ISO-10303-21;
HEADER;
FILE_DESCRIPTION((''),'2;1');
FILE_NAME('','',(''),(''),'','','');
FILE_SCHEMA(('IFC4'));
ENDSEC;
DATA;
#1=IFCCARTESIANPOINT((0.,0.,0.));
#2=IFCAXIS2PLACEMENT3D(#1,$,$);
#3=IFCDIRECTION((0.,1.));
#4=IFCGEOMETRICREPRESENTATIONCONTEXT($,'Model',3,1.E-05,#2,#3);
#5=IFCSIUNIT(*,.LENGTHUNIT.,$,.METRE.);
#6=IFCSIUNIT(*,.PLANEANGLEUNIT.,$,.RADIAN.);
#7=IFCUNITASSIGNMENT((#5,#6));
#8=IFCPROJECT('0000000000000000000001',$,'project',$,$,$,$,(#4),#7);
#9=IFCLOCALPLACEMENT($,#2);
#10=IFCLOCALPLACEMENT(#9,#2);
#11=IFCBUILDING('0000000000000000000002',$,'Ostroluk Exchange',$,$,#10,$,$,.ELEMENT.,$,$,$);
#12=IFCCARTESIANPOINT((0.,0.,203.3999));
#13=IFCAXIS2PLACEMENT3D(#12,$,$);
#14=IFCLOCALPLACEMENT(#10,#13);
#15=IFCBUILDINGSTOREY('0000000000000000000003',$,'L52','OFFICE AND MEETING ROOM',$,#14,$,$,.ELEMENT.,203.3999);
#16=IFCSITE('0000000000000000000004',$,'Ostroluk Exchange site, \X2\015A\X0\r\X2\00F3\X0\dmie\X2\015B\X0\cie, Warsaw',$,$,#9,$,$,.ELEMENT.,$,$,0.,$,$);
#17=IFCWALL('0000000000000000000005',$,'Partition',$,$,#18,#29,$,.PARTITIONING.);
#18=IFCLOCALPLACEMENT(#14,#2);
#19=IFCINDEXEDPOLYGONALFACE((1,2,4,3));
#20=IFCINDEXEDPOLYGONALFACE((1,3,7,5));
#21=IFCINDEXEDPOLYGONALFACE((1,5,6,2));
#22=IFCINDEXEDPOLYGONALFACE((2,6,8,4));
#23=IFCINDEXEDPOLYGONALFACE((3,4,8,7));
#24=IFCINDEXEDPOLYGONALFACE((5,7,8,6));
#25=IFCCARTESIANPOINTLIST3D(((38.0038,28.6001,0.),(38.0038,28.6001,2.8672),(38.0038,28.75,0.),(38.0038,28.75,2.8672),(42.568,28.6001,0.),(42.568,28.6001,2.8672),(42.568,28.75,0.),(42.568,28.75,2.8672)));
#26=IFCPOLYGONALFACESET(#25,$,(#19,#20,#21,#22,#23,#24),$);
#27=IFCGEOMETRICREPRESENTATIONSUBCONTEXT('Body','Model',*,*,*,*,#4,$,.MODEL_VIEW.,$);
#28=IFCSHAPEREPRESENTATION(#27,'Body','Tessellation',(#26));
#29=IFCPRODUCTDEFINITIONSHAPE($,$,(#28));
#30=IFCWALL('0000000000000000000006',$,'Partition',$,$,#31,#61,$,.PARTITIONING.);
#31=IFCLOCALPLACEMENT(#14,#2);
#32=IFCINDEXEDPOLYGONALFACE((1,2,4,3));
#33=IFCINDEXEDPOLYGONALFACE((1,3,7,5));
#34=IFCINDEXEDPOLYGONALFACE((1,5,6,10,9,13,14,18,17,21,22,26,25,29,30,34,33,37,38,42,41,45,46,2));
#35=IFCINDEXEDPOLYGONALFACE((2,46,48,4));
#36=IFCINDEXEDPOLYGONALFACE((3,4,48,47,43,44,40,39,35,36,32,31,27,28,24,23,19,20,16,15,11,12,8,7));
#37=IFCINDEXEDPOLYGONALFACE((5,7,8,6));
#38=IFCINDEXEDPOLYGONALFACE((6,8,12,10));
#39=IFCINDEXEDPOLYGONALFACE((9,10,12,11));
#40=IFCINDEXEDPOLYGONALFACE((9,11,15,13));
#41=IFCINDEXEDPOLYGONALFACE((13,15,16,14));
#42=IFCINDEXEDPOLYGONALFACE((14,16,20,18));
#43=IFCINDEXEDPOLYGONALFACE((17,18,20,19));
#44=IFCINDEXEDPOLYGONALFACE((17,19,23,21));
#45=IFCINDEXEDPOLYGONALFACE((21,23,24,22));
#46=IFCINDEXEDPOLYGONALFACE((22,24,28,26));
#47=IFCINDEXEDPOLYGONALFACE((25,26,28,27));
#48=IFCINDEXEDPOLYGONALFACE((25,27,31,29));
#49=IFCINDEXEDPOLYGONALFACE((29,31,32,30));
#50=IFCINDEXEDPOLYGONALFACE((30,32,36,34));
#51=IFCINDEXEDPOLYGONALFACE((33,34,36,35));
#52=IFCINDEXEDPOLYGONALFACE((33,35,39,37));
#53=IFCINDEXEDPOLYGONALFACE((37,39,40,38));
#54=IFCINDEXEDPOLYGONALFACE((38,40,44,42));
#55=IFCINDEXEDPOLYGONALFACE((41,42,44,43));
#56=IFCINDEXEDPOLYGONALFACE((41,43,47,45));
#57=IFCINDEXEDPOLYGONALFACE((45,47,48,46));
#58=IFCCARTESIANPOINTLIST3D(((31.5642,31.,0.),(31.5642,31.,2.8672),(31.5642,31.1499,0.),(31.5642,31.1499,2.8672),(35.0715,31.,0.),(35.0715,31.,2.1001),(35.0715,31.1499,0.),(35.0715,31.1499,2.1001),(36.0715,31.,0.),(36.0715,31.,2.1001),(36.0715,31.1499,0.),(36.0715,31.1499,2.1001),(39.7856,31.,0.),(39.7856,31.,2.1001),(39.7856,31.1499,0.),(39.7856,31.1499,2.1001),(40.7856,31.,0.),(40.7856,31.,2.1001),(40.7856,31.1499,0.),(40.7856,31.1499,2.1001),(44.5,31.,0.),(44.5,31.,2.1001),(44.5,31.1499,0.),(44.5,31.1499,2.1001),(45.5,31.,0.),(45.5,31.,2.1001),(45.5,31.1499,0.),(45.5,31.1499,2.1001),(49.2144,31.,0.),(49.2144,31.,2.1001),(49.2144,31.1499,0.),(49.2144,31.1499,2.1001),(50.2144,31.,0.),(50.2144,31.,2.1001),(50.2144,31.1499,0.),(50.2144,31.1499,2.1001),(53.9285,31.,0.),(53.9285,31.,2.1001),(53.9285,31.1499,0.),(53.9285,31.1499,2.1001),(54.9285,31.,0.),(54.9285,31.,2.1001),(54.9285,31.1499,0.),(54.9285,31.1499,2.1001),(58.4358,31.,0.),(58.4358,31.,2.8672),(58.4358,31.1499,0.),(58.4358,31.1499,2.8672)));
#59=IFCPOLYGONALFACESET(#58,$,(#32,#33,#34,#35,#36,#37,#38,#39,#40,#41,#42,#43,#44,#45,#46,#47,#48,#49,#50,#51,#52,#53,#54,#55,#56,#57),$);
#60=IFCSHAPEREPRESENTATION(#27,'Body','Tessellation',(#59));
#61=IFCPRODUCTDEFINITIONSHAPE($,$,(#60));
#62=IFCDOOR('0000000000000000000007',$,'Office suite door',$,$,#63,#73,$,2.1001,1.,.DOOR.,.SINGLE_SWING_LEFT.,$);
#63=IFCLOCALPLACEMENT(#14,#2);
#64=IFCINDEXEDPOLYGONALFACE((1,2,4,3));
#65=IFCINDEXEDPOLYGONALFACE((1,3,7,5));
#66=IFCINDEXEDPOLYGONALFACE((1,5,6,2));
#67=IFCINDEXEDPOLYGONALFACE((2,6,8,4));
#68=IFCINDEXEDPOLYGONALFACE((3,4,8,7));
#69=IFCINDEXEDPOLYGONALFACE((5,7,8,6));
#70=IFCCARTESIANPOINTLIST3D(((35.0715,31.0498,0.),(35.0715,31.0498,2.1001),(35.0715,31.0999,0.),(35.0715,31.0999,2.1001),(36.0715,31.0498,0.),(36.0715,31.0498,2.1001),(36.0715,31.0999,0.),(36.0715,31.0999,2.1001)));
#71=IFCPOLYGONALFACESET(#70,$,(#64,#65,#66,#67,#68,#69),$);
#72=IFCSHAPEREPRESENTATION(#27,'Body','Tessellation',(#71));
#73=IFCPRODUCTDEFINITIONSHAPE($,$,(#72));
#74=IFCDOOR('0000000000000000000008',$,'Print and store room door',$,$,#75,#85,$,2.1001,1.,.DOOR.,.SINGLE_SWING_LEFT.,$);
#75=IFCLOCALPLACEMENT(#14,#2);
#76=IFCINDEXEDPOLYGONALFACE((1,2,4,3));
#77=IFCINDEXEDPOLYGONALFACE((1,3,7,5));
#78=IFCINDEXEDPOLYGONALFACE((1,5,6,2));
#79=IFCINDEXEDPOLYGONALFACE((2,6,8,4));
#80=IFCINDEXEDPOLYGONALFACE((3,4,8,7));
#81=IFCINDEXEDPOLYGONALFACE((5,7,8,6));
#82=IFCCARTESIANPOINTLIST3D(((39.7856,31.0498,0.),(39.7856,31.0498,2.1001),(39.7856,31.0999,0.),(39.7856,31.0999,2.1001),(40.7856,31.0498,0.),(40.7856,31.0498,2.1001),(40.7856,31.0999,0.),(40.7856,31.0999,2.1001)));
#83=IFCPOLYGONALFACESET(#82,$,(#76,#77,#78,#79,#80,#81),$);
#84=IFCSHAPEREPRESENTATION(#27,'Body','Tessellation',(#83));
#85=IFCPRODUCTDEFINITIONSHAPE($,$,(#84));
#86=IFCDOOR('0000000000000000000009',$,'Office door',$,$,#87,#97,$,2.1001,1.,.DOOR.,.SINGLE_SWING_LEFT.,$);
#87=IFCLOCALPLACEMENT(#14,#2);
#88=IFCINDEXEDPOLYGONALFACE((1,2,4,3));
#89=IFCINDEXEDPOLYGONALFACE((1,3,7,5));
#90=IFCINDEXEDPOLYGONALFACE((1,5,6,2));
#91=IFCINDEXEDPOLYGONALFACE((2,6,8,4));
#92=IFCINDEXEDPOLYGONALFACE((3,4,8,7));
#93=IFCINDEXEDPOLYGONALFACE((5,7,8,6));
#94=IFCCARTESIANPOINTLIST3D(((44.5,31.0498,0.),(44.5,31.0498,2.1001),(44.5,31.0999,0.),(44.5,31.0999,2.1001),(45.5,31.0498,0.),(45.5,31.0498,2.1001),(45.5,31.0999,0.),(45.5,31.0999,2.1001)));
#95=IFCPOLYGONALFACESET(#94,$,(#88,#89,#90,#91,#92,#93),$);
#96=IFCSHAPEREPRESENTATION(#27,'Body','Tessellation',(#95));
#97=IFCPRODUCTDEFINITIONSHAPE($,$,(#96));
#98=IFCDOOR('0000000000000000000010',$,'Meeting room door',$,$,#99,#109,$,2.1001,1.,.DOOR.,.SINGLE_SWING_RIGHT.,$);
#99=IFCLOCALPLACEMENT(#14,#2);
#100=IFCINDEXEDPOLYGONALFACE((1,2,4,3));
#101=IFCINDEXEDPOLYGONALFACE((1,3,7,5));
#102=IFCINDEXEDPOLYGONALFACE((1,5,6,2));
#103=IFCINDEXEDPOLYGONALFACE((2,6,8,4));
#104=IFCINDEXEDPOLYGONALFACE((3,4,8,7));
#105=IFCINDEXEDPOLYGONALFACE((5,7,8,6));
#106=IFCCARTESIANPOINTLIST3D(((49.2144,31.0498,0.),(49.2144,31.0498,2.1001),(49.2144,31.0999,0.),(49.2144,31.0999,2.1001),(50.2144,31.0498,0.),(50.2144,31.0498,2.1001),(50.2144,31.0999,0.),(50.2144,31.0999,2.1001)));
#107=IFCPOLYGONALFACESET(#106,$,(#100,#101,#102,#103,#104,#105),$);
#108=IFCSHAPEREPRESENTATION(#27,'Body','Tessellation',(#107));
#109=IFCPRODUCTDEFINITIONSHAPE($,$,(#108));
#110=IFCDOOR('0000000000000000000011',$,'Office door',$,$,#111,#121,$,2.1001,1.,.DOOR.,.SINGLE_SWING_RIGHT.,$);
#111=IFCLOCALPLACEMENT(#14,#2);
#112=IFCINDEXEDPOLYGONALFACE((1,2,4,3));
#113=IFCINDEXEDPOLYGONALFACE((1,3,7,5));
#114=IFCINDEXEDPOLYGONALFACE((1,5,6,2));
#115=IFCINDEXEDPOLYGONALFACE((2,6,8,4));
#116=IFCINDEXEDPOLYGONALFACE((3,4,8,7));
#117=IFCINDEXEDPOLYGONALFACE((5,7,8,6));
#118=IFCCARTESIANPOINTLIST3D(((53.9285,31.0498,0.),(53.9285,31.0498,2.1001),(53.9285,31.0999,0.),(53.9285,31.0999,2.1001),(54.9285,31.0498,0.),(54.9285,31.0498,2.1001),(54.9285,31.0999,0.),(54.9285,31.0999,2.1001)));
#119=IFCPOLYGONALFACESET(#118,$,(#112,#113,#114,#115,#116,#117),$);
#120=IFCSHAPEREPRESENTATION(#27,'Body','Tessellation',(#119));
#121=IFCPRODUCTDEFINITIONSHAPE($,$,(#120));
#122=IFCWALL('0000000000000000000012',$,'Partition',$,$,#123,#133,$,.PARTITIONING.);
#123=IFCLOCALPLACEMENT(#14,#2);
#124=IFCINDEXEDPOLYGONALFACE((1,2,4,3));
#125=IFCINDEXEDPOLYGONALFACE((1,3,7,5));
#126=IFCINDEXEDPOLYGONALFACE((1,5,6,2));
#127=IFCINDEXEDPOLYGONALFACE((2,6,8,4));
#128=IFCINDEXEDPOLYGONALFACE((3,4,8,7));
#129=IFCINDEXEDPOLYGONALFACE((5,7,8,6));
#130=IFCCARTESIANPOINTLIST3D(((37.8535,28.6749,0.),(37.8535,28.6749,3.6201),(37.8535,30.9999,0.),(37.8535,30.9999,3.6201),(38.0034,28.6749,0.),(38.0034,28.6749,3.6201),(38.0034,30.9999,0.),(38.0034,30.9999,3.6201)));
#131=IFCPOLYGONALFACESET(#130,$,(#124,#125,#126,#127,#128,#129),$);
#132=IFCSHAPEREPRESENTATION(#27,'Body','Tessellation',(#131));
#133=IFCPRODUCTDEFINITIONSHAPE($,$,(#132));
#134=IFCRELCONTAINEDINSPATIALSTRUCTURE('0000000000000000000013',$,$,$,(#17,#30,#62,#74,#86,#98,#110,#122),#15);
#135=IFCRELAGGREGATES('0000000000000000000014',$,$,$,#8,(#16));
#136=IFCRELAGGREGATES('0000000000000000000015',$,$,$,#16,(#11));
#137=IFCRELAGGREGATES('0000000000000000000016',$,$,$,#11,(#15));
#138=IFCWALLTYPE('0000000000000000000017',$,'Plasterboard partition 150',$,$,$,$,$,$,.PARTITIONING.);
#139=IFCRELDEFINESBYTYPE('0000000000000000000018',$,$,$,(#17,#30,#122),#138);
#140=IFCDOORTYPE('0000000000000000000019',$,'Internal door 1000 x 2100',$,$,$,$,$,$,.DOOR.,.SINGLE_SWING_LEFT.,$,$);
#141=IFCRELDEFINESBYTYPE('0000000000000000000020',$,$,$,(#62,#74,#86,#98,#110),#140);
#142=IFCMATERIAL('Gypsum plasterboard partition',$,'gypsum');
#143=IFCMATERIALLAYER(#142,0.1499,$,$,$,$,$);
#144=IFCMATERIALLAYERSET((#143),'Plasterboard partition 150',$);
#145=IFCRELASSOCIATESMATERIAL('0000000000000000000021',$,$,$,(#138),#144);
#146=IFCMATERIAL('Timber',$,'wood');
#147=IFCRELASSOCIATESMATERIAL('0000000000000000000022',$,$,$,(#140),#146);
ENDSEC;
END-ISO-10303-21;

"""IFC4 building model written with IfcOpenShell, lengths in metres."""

from ifc_helpers import new_model, si_unit, direction, frame, frame_2d, origin, place, context, subcontext, project, spatial, rectangle, extrude, material, layer, layer_set, type_object, element, fill, save


model = new_model("IFC4")

# Units and contexts
model_context = context("Model", 3, precision=1e-05, world=origin(), true_north=direction((0.0, 1.0)))
body_context = subcontext(model_context, "Body", "Model", "MODEL_VIEW")
ifc_project = project(units=[si_unit("LENGTHUNIT", "METRE"), si_unit("PLANEANGLEUNIT", "RADIAN")], contexts=[model_context])

# Site, building, storey
site_placement = place(None, origin())
site = spatial("IfcSite", under=ifc_project, at=site_placement, Name="Ostroluk Exchange site, Śródmieście, Warsaw", CompositionType="ELEMENT", RefElevation=0.0)
building_placement = place(site_placement, origin())
building = spatial("IfcBuilding", under=site, at=building_placement, Name="Ostroluk Exchange", CompositionType="ELEMENT")
storey_placement = place(building_placement, frame((0.0, 0.0, 203.3999)))
storey = spatial("IfcBuildingStorey", under=building, at=storey_placement, Name="L52", Description="OFFICE AND MEETING ROOM", CompositionType="ELEMENT", Elevation=203.3999)

# Wall
ifc_material_1 = material(Name="Gypsum plasterboard partition", Category="gypsum")
ifc_layer_1 = layer(ifc_material_1, 0.1499)
ifc_layer_set_1 = layer_set([ifc_layer_1], Name="Plasterboard partition 150")
wall_type = type_object("IfcWallType", Name="Plasterboard partition 150", PredefinedType="PARTITIONING", material=ifc_layer_set_1)
wall_1_placement = place(storey_placement, frame((38.0037, 28.675, 0.0), z_axis=(0.0, 0.0, 1.0), x_axis=(1.0, 0.0, 0.0)))
element("IfcWall", 1, at=wall_1_placement, inside=storey, type_object=wall_type, Name="Partition", PredefinedType="PARTITIONING", context=body_context, shape_type="SweptSolid", body=[
    extrude(rectangle(XDim=4.5642, YDim=0.1499, at=frame_2d((2.2822, 0.0))), origin(), (0.0, 0.0, 1.0), 2.8672),
])

# Wall, openings, doors
wall_2_placement = place(storey_placement, frame((31.5642, 31.075, 0.0), z_axis=(0.0, 0.0, 1.0), x_axis=(1.0, 0.0, 0.0)))
wall_2 = element("IfcWall", 2, at=wall_2_placement, inside=storey, type_object=wall_type, Name="Partition", PredefinedType="PARTITIONING", context=body_context, shape_type="SweptSolid", body=[
    extrude(rectangle(XDim=26.8716, YDim=0.1499, at=frame_2d((13.4358, 0.0))), origin(), (0.0, 0.0, 1.0), 2.8672),
])
opening_1_placement = place(wall_2_placement, frame((3.5073, 0.0, 0.0)))
opening_1 = element("IfcOpeningElement", 3, at=opening_1_placement, cuts=wall_2, PredefinedType="OPENING", context=body_context, shape_type="SweptSolid", body=[
    extrude(rectangle(XDim=1.0, YDim=2.1001, at=frame_2d((0.5, 1.05))), frame((0.0, 0.085, 0.0), z_axis=(0.0, -1.0, 0.0), x_axis=(1.0, 0.0, 0.0)), (0.0, 0.0, 1.0), 0.1699),
])
opening_2_placement = place(wall_2_placement, frame((8.2214, 0.0, 0.0)))
opening_2 = element("IfcOpeningElement", 4, at=opening_2_placement, cuts=wall_2, PredefinedType="OPENING", context=body_context, shape_type="SweptSolid", body=[
    extrude(rectangle(XDim=1.0, YDim=2.1001, at=frame_2d((0.5, 1.05))), frame((0.0, 0.085, 0.0), z_axis=(0.0, -1.0, 0.0), x_axis=(1.0, 0.0, 0.0)), (0.0, 0.0, 1.0), 0.1699),
])
opening_3_placement = place(wall_2_placement, frame((12.9358, 0.0, 0.0)))
opening_3 = element("IfcOpeningElement", 5, at=opening_3_placement, cuts=wall_2, PredefinedType="OPENING", context=body_context, shape_type="SweptSolid", body=[
    extrude(rectangle(XDim=1.0, YDim=2.1001, at=frame_2d((0.5, 1.05))), frame((0.0, 0.085, 0.0), z_axis=(0.0, -1.0, 0.0), x_axis=(1.0, 0.0, 0.0)), (0.0, 0.0, 1.0), 0.1699),
])
opening_4_placement = place(wall_2_placement, frame((17.6501, 0.0, 0.0)))
opening_4 = element("IfcOpeningElement", 6, at=opening_4_placement, cuts=wall_2, PredefinedType="OPENING", context=body_context, shape_type="SweptSolid", body=[
    extrude(rectangle(XDim=1.0, YDim=2.1001, at=frame_2d((0.5, 1.05))), frame((0.0, 0.085, 0.0), z_axis=(0.0, -1.0, 0.0), x_axis=(1.0, 0.0, 0.0)), (0.0, 0.0, 1.0), 0.1699),
])
opening_5_placement = place(wall_2_placement, frame((22.3643, 0.0, 0.0)))
opening_5 = element("IfcOpeningElement", 7, at=opening_5_placement, cuts=wall_2, PredefinedType="OPENING", context=body_context, shape_type="SweptSolid", body=[
    extrude(rectangle(XDim=1.0, YDim=2.1001, at=frame_2d((0.5, 1.05))), frame((0.0, 0.085, 0.0), z_axis=(0.0, -1.0, 0.0), x_axis=(1.0, 0.0, 0.0)), (0.0, 0.0, 1.0), 0.1699),
])
ifc_material_2 = material(Name="Timber", Category="wood")
door_type = type_object("IfcDoorType", Name="Internal door 1000 x 2100", OperationType="SINGLE_SWING_LEFT", PredefinedType="DOOR", material=ifc_material_2)
door_1_placement = place(opening_1_placement, origin())
door_1 = element("IfcDoor", 8, at=door_1_placement, inside=storey, type_object=door_type, Name="Office suite door", OperationType="SINGLE_SWING_LEFT", OverallHeight=2.1001, OverallWidth=1.0, PredefinedType="DOOR", context=body_context, shape_type="SweptSolid", body=[
    extrude(rectangle(XDim=1.0, YDim=2.1001, at=frame_2d((0.5, 1.05))), frame((0.0, 0.0249, 0.0), z_axis=(0.0, -1.0, 0.0), x_axis=(1.0, 0.0, 0.0)), (0.0, 0.0, 1.0), 0.05),
])
fill(opening_1, door_1)
door_2_placement = place(opening_2_placement, origin())
door_2 = element("IfcDoor", 9, at=door_2_placement, inside=storey, type_object=door_type, Name="Print and store room door", OperationType="SINGLE_SWING_LEFT", OverallHeight=2.1001, OverallWidth=1.0, PredefinedType="DOOR", context=body_context, shape_type="SweptSolid", body=[
    extrude(rectangle(XDim=1.0, YDim=2.1001, at=frame_2d((0.5, 1.05))), frame((0.0, 0.0249, 0.0), z_axis=(0.0, -1.0, 0.0), x_axis=(1.0, 0.0, 0.0)), (0.0, 0.0, 1.0), 0.05),
])
fill(opening_2, door_2)
door_3_placement = place(opening_3_placement, origin())
door_3 = element("IfcDoor", 10, at=door_3_placement, inside=storey, type_object=door_type, Name="Office door", OperationType="SINGLE_SWING_LEFT", OverallHeight=2.1001, OverallWidth=1.0, PredefinedType="DOOR", context=body_context, shape_type="SweptSolid", body=[
    extrude(rectangle(XDim=1.0, YDim=2.1001, at=frame_2d((0.5, 1.05))), frame((0.0, 0.0249, 0.0), z_axis=(0.0, -1.0, 0.0), x_axis=(1.0, 0.0, 0.0)), (0.0, 0.0, 1.0), 0.05),
])
fill(opening_3, door_3)
door_4_placement = place(opening_4_placement, origin())
door_4 = element("IfcDoor", 11, at=door_4_placement, inside=storey, type_object=door_type, Name="Meeting room door", OperationType="SINGLE_SWING_RIGHT", OverallHeight=2.1001, OverallWidth=1.0, PredefinedType="DOOR", context=body_context, shape_type="SweptSolid", body=[
    extrude(rectangle(XDim=1.0, YDim=2.1001, at=frame_2d((0.5, 1.05))), frame((0.0, 0.0249, 0.0), z_axis=(0.0, -1.0, 0.0), x_axis=(1.0, 0.0, 0.0)), (0.0, 0.0, 1.0), 0.05),
])
fill(opening_4, door_4)
door_5_placement = place(opening_5_placement, origin())
door_5 = element("IfcDoor", 12, at=door_5_placement, inside=storey, type_object=door_type, Name="Office door", OperationType="SINGLE_SWING_RIGHT", OverallHeight=2.1001, OverallWidth=1.0, PredefinedType="DOOR", context=body_context, shape_type="SweptSolid", body=[
    extrude(rectangle(XDim=1.0, YDim=2.1001, at=frame_2d((0.5, 1.05))), frame((0.0, 0.0249, 0.0), z_axis=(0.0, -1.0, 0.0), x_axis=(1.0, 0.0, 0.0)), (0.0, 0.0, 1.0), 0.05),
])
fill(opening_5, door_5)

# Wall
wall_3_placement = place(storey_placement, frame((37.9285, 31.0, 0.0), z_axis=(0.0, 0.0, 1.0), x_axis=(0.0, -1.0, 0.0)))
element("IfcWall", 13, at=wall_3_placement, inside=storey, type_object=wall_type, Name="Partition", PredefinedType="PARTITIONING", context=body_context, shape_type="SweptSolid", body=[
    extrude(rectangle(XDim=2.325, YDim=0.1499, at=frame_2d((1.1626, 0.0))), origin(), (0.0, 0.0, 1.0), 3.6201),
])

save(model, "model.ifc")
